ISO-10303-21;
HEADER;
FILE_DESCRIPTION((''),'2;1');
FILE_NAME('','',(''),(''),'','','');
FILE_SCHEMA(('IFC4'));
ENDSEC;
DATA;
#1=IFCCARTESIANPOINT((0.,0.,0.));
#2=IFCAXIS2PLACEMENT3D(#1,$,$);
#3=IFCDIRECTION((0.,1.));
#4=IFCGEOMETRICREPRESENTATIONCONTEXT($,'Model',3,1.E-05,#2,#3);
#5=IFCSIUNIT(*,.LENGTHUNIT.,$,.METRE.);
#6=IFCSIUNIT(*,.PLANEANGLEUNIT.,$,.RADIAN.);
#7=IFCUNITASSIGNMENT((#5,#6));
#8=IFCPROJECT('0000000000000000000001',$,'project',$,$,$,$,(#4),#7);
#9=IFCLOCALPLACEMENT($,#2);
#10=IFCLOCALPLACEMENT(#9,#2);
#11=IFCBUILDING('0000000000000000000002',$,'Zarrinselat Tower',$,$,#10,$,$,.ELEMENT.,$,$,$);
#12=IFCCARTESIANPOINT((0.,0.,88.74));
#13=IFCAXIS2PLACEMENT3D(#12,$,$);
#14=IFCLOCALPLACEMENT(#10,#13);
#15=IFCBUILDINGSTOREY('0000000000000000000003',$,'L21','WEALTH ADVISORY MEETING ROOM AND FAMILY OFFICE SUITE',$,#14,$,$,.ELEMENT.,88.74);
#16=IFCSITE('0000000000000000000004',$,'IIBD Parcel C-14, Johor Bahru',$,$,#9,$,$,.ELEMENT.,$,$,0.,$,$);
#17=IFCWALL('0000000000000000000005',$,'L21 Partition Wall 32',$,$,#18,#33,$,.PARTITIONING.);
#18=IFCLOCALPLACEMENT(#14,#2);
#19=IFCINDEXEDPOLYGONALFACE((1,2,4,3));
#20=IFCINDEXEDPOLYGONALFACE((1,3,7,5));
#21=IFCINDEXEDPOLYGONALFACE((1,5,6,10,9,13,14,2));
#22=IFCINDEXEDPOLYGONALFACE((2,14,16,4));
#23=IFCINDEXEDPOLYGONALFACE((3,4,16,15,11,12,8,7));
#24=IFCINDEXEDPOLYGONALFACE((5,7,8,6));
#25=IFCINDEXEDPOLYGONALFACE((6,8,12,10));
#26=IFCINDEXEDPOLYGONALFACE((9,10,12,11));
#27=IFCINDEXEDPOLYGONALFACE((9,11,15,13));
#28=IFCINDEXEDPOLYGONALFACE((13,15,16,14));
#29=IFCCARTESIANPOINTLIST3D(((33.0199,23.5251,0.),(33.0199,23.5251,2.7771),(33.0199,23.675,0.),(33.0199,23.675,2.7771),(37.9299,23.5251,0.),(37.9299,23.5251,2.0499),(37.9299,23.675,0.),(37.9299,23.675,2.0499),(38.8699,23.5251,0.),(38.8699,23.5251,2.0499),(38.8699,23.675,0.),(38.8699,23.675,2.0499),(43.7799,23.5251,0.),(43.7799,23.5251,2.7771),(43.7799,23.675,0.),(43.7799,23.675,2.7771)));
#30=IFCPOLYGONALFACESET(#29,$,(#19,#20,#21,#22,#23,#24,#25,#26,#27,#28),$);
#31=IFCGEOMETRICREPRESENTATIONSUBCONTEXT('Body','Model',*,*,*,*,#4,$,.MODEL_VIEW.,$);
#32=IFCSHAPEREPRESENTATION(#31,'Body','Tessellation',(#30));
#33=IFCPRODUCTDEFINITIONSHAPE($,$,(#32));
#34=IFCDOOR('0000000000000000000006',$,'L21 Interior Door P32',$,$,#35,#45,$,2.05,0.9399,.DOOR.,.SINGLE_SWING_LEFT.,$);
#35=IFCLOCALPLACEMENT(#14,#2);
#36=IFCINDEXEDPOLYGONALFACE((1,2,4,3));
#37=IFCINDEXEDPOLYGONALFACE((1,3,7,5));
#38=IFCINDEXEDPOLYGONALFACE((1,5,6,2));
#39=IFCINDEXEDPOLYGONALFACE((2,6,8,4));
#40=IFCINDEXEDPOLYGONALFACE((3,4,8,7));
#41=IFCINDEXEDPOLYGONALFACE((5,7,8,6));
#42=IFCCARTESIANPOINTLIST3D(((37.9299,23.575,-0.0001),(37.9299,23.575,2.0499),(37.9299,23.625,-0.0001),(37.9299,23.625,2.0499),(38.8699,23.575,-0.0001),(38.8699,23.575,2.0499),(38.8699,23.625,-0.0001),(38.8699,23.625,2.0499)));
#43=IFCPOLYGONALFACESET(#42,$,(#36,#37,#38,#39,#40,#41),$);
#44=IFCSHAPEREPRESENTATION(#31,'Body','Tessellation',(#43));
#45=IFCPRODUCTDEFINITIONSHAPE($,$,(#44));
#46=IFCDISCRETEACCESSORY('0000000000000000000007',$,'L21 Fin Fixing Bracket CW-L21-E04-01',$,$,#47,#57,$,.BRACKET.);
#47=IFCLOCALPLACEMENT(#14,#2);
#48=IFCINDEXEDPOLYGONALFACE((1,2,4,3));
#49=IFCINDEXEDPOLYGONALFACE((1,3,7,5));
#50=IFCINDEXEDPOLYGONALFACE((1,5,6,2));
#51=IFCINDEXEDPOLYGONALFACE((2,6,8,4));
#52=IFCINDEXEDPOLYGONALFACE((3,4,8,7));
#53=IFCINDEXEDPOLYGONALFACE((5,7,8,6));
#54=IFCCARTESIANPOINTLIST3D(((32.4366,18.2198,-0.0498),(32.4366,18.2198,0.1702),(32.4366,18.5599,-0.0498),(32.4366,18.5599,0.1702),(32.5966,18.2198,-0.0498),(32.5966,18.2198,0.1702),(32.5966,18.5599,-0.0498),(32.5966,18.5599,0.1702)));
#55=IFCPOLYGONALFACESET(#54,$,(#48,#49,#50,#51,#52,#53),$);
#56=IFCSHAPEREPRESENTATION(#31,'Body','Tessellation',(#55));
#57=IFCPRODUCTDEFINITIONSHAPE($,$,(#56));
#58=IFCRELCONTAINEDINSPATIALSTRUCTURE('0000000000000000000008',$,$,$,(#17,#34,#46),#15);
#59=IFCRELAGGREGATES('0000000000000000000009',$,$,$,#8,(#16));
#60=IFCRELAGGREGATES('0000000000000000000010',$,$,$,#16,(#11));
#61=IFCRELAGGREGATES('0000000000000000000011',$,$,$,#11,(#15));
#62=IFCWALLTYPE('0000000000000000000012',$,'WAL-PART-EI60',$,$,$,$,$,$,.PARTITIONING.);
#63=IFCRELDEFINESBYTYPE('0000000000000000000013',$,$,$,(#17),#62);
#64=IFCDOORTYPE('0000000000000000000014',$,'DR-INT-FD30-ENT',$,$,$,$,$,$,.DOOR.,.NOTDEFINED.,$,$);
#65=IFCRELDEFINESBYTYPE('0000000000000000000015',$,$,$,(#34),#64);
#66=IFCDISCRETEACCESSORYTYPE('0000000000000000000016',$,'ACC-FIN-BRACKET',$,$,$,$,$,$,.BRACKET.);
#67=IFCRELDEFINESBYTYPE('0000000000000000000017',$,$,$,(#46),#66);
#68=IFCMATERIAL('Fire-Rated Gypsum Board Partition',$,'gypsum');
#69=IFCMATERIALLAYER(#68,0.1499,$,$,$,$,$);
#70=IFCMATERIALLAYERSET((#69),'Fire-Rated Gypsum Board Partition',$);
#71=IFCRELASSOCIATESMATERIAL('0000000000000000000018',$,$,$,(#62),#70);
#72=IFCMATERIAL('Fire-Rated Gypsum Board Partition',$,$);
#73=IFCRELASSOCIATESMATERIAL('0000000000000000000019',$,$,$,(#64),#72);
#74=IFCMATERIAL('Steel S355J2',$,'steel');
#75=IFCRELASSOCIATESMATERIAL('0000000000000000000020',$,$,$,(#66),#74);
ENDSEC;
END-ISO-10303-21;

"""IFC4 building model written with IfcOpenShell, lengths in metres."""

from ifc_helpers import new_model, si_unit, direction, frame, frame_2d, origin, origin_2d, place, context, subcontext, project, spatial, rectangle, extrude, material, layer, layer_set, type_object, element, fill, save


model = new_model("IFC4")

# Units and contexts
model_context = context("Model", 3, precision=1e-05, world=origin(), true_north=direction((0.0, 1.0)))
body_context = subcontext(model_context, "Body", "Model", "MODEL_VIEW")
ifc_project = project(units=[si_unit("LENGTHUNIT", "METRE"), si_unit("PLANEANGLEUNIT", "RADIAN")], contexts=[model_context])

# Site, building, storey
site_placement = place(None, origin())
site = spatial("IfcSite", under=ifc_project, at=site_placement, Name="IIBD Parcel C-14, Johor Bahru", CompositionType="ELEMENT", RefElevation=0.0)
building_placement = place(site_placement, origin())
building = spatial("IfcBuilding", under=site, at=building_placement, Name="Zarrinselat Tower", CompositionType="ELEMENT")
storey_placement = place(building_placement, frame((0.0, 0.0, 88.74)))
storey = spatial("IfcBuildingStorey", under=building, at=storey_placement, Name="L21", Description="WEALTH ADVISORY MEETING ROOM AND FAMILY OFFICE SUITE", CompositionType="ELEMENT", Elevation=88.74)

# Shared definitions
ifc_material_1 = material(Name="Fire-Rated Gypsum Board Partition", Category="gypsum")
ifc_layer_1 = layer(ifc_material_1, 0.1499)
ifc_layer_set_1 = layer_set([ifc_layer_1], Name="Fire-Rated Gypsum Board Partition")
wall_type = type_object("IfcWallType", Name="WAL-PART-EI60", PredefinedType="PARTITIONING", material=ifc_layer_set_1)

# Shared definitions
ifc_material_2 = material(Name="Fire-Rated Gypsum Board Partition")
door_type = type_object("IfcDoorType", Name="DR-INT-FD30-ENT", OperationType="NOTDEFINED", PredefinedType="DOOR", material=ifc_material_2)

# Wall, opening, door
wall_1_placement = place(storey_placement, frame((33.02, 23.6001, 0.0), z_axis=(0.0, 0.0, 1.0), x_axis=(1.0, 0.0, 0.0)))
wall_1 = element("IfcWall", 1, at=wall_1_placement, inside=storey, type_object=wall_type, Name="L21 Partition Wall 32", PredefinedType="PARTITIONING", context=body_context, shape_type="SweptSolid", body=[
    extrude(rectangle(XDim=10.76, YDim=0.1499, at=frame_2d((5.3799, 0.0))), origin(), (0.0, 0.0, 1.0), 2.7771),
])
opening_1_placement = place(wall_1_placement, frame((4.9099, 0.0, 0.0)))
opening_1 = element("IfcOpeningElement", 2, at=opening_1_placement, cuts=wall_1, PredefinedType="OPENING", context=body_context, shape_type="SweptSolid", body=[
    extrude(rectangle(XDim=0.9399, YDim=2.05, at=frame_2d((0.47, 1.0249))), frame((0.0, 0.085, 0.0), z_axis=(0.0, -1.0, 0.0), x_axis=(1.0, 0.0, 0.0)), (0.0, 0.0, 1.0), 0.1699),
])
door_1_placement = place(opening_1_placement, origin())
door_1 = element("IfcDoor", 3, at=door_1_placement, inside=storey, type_object=door_type, Name="L21 Interior Door P32", OperationType="SINGLE_SWING_LEFT", OverallHeight=2.05, OverallWidth=0.9399, PredefinedType="DOOR", context=body_context, shape_type="SweptSolid", body=[
    extrude(rectangle(XDim=0.9399, YDim=2.05, at=frame_2d((0.47, 1.0249))), frame((0.0, 0.0249, 0.0), z_axis=(0.0, -1.0, 0.0), x_axis=(1.0, 0.0, 0.0)), (0.0, 0.0, 1.0), 0.05),
])
fill(opening_1, door_1)

# Discrete accessory
ifc_material_3 = material(Name="Steel S355J2", Category="steel")
discrete_accessory_type = type_object("IfcDiscreteAccessoryType", Name="ACC-FIN-BRACKET", PredefinedType="BRACKET", material=ifc_material_3)
discrete_accessory_placement = place(storey_placement, frame((32.5166, 18.3899, -0.0498), z_axis=(0.0, 0.0, 1.0), x_axis=(0.0, -1.0, 0.0)))
element("IfcDiscreteAccessory", 4, at=discrete_accessory_placement, inside=storey, type_object=discrete_accessory_type, Name="L21 Fin Fixing Bracket CW-L21-E04-01", PredefinedType="BRACKET", context=body_context, shape_type="SweptSolid", body=[
    extrude(rectangle(XDim=0.3401, YDim=0.1599, at=origin_2d()), origin(), (0.0, 0.0, 1.0), 0.22),
])

save(model, "model.ifc")
